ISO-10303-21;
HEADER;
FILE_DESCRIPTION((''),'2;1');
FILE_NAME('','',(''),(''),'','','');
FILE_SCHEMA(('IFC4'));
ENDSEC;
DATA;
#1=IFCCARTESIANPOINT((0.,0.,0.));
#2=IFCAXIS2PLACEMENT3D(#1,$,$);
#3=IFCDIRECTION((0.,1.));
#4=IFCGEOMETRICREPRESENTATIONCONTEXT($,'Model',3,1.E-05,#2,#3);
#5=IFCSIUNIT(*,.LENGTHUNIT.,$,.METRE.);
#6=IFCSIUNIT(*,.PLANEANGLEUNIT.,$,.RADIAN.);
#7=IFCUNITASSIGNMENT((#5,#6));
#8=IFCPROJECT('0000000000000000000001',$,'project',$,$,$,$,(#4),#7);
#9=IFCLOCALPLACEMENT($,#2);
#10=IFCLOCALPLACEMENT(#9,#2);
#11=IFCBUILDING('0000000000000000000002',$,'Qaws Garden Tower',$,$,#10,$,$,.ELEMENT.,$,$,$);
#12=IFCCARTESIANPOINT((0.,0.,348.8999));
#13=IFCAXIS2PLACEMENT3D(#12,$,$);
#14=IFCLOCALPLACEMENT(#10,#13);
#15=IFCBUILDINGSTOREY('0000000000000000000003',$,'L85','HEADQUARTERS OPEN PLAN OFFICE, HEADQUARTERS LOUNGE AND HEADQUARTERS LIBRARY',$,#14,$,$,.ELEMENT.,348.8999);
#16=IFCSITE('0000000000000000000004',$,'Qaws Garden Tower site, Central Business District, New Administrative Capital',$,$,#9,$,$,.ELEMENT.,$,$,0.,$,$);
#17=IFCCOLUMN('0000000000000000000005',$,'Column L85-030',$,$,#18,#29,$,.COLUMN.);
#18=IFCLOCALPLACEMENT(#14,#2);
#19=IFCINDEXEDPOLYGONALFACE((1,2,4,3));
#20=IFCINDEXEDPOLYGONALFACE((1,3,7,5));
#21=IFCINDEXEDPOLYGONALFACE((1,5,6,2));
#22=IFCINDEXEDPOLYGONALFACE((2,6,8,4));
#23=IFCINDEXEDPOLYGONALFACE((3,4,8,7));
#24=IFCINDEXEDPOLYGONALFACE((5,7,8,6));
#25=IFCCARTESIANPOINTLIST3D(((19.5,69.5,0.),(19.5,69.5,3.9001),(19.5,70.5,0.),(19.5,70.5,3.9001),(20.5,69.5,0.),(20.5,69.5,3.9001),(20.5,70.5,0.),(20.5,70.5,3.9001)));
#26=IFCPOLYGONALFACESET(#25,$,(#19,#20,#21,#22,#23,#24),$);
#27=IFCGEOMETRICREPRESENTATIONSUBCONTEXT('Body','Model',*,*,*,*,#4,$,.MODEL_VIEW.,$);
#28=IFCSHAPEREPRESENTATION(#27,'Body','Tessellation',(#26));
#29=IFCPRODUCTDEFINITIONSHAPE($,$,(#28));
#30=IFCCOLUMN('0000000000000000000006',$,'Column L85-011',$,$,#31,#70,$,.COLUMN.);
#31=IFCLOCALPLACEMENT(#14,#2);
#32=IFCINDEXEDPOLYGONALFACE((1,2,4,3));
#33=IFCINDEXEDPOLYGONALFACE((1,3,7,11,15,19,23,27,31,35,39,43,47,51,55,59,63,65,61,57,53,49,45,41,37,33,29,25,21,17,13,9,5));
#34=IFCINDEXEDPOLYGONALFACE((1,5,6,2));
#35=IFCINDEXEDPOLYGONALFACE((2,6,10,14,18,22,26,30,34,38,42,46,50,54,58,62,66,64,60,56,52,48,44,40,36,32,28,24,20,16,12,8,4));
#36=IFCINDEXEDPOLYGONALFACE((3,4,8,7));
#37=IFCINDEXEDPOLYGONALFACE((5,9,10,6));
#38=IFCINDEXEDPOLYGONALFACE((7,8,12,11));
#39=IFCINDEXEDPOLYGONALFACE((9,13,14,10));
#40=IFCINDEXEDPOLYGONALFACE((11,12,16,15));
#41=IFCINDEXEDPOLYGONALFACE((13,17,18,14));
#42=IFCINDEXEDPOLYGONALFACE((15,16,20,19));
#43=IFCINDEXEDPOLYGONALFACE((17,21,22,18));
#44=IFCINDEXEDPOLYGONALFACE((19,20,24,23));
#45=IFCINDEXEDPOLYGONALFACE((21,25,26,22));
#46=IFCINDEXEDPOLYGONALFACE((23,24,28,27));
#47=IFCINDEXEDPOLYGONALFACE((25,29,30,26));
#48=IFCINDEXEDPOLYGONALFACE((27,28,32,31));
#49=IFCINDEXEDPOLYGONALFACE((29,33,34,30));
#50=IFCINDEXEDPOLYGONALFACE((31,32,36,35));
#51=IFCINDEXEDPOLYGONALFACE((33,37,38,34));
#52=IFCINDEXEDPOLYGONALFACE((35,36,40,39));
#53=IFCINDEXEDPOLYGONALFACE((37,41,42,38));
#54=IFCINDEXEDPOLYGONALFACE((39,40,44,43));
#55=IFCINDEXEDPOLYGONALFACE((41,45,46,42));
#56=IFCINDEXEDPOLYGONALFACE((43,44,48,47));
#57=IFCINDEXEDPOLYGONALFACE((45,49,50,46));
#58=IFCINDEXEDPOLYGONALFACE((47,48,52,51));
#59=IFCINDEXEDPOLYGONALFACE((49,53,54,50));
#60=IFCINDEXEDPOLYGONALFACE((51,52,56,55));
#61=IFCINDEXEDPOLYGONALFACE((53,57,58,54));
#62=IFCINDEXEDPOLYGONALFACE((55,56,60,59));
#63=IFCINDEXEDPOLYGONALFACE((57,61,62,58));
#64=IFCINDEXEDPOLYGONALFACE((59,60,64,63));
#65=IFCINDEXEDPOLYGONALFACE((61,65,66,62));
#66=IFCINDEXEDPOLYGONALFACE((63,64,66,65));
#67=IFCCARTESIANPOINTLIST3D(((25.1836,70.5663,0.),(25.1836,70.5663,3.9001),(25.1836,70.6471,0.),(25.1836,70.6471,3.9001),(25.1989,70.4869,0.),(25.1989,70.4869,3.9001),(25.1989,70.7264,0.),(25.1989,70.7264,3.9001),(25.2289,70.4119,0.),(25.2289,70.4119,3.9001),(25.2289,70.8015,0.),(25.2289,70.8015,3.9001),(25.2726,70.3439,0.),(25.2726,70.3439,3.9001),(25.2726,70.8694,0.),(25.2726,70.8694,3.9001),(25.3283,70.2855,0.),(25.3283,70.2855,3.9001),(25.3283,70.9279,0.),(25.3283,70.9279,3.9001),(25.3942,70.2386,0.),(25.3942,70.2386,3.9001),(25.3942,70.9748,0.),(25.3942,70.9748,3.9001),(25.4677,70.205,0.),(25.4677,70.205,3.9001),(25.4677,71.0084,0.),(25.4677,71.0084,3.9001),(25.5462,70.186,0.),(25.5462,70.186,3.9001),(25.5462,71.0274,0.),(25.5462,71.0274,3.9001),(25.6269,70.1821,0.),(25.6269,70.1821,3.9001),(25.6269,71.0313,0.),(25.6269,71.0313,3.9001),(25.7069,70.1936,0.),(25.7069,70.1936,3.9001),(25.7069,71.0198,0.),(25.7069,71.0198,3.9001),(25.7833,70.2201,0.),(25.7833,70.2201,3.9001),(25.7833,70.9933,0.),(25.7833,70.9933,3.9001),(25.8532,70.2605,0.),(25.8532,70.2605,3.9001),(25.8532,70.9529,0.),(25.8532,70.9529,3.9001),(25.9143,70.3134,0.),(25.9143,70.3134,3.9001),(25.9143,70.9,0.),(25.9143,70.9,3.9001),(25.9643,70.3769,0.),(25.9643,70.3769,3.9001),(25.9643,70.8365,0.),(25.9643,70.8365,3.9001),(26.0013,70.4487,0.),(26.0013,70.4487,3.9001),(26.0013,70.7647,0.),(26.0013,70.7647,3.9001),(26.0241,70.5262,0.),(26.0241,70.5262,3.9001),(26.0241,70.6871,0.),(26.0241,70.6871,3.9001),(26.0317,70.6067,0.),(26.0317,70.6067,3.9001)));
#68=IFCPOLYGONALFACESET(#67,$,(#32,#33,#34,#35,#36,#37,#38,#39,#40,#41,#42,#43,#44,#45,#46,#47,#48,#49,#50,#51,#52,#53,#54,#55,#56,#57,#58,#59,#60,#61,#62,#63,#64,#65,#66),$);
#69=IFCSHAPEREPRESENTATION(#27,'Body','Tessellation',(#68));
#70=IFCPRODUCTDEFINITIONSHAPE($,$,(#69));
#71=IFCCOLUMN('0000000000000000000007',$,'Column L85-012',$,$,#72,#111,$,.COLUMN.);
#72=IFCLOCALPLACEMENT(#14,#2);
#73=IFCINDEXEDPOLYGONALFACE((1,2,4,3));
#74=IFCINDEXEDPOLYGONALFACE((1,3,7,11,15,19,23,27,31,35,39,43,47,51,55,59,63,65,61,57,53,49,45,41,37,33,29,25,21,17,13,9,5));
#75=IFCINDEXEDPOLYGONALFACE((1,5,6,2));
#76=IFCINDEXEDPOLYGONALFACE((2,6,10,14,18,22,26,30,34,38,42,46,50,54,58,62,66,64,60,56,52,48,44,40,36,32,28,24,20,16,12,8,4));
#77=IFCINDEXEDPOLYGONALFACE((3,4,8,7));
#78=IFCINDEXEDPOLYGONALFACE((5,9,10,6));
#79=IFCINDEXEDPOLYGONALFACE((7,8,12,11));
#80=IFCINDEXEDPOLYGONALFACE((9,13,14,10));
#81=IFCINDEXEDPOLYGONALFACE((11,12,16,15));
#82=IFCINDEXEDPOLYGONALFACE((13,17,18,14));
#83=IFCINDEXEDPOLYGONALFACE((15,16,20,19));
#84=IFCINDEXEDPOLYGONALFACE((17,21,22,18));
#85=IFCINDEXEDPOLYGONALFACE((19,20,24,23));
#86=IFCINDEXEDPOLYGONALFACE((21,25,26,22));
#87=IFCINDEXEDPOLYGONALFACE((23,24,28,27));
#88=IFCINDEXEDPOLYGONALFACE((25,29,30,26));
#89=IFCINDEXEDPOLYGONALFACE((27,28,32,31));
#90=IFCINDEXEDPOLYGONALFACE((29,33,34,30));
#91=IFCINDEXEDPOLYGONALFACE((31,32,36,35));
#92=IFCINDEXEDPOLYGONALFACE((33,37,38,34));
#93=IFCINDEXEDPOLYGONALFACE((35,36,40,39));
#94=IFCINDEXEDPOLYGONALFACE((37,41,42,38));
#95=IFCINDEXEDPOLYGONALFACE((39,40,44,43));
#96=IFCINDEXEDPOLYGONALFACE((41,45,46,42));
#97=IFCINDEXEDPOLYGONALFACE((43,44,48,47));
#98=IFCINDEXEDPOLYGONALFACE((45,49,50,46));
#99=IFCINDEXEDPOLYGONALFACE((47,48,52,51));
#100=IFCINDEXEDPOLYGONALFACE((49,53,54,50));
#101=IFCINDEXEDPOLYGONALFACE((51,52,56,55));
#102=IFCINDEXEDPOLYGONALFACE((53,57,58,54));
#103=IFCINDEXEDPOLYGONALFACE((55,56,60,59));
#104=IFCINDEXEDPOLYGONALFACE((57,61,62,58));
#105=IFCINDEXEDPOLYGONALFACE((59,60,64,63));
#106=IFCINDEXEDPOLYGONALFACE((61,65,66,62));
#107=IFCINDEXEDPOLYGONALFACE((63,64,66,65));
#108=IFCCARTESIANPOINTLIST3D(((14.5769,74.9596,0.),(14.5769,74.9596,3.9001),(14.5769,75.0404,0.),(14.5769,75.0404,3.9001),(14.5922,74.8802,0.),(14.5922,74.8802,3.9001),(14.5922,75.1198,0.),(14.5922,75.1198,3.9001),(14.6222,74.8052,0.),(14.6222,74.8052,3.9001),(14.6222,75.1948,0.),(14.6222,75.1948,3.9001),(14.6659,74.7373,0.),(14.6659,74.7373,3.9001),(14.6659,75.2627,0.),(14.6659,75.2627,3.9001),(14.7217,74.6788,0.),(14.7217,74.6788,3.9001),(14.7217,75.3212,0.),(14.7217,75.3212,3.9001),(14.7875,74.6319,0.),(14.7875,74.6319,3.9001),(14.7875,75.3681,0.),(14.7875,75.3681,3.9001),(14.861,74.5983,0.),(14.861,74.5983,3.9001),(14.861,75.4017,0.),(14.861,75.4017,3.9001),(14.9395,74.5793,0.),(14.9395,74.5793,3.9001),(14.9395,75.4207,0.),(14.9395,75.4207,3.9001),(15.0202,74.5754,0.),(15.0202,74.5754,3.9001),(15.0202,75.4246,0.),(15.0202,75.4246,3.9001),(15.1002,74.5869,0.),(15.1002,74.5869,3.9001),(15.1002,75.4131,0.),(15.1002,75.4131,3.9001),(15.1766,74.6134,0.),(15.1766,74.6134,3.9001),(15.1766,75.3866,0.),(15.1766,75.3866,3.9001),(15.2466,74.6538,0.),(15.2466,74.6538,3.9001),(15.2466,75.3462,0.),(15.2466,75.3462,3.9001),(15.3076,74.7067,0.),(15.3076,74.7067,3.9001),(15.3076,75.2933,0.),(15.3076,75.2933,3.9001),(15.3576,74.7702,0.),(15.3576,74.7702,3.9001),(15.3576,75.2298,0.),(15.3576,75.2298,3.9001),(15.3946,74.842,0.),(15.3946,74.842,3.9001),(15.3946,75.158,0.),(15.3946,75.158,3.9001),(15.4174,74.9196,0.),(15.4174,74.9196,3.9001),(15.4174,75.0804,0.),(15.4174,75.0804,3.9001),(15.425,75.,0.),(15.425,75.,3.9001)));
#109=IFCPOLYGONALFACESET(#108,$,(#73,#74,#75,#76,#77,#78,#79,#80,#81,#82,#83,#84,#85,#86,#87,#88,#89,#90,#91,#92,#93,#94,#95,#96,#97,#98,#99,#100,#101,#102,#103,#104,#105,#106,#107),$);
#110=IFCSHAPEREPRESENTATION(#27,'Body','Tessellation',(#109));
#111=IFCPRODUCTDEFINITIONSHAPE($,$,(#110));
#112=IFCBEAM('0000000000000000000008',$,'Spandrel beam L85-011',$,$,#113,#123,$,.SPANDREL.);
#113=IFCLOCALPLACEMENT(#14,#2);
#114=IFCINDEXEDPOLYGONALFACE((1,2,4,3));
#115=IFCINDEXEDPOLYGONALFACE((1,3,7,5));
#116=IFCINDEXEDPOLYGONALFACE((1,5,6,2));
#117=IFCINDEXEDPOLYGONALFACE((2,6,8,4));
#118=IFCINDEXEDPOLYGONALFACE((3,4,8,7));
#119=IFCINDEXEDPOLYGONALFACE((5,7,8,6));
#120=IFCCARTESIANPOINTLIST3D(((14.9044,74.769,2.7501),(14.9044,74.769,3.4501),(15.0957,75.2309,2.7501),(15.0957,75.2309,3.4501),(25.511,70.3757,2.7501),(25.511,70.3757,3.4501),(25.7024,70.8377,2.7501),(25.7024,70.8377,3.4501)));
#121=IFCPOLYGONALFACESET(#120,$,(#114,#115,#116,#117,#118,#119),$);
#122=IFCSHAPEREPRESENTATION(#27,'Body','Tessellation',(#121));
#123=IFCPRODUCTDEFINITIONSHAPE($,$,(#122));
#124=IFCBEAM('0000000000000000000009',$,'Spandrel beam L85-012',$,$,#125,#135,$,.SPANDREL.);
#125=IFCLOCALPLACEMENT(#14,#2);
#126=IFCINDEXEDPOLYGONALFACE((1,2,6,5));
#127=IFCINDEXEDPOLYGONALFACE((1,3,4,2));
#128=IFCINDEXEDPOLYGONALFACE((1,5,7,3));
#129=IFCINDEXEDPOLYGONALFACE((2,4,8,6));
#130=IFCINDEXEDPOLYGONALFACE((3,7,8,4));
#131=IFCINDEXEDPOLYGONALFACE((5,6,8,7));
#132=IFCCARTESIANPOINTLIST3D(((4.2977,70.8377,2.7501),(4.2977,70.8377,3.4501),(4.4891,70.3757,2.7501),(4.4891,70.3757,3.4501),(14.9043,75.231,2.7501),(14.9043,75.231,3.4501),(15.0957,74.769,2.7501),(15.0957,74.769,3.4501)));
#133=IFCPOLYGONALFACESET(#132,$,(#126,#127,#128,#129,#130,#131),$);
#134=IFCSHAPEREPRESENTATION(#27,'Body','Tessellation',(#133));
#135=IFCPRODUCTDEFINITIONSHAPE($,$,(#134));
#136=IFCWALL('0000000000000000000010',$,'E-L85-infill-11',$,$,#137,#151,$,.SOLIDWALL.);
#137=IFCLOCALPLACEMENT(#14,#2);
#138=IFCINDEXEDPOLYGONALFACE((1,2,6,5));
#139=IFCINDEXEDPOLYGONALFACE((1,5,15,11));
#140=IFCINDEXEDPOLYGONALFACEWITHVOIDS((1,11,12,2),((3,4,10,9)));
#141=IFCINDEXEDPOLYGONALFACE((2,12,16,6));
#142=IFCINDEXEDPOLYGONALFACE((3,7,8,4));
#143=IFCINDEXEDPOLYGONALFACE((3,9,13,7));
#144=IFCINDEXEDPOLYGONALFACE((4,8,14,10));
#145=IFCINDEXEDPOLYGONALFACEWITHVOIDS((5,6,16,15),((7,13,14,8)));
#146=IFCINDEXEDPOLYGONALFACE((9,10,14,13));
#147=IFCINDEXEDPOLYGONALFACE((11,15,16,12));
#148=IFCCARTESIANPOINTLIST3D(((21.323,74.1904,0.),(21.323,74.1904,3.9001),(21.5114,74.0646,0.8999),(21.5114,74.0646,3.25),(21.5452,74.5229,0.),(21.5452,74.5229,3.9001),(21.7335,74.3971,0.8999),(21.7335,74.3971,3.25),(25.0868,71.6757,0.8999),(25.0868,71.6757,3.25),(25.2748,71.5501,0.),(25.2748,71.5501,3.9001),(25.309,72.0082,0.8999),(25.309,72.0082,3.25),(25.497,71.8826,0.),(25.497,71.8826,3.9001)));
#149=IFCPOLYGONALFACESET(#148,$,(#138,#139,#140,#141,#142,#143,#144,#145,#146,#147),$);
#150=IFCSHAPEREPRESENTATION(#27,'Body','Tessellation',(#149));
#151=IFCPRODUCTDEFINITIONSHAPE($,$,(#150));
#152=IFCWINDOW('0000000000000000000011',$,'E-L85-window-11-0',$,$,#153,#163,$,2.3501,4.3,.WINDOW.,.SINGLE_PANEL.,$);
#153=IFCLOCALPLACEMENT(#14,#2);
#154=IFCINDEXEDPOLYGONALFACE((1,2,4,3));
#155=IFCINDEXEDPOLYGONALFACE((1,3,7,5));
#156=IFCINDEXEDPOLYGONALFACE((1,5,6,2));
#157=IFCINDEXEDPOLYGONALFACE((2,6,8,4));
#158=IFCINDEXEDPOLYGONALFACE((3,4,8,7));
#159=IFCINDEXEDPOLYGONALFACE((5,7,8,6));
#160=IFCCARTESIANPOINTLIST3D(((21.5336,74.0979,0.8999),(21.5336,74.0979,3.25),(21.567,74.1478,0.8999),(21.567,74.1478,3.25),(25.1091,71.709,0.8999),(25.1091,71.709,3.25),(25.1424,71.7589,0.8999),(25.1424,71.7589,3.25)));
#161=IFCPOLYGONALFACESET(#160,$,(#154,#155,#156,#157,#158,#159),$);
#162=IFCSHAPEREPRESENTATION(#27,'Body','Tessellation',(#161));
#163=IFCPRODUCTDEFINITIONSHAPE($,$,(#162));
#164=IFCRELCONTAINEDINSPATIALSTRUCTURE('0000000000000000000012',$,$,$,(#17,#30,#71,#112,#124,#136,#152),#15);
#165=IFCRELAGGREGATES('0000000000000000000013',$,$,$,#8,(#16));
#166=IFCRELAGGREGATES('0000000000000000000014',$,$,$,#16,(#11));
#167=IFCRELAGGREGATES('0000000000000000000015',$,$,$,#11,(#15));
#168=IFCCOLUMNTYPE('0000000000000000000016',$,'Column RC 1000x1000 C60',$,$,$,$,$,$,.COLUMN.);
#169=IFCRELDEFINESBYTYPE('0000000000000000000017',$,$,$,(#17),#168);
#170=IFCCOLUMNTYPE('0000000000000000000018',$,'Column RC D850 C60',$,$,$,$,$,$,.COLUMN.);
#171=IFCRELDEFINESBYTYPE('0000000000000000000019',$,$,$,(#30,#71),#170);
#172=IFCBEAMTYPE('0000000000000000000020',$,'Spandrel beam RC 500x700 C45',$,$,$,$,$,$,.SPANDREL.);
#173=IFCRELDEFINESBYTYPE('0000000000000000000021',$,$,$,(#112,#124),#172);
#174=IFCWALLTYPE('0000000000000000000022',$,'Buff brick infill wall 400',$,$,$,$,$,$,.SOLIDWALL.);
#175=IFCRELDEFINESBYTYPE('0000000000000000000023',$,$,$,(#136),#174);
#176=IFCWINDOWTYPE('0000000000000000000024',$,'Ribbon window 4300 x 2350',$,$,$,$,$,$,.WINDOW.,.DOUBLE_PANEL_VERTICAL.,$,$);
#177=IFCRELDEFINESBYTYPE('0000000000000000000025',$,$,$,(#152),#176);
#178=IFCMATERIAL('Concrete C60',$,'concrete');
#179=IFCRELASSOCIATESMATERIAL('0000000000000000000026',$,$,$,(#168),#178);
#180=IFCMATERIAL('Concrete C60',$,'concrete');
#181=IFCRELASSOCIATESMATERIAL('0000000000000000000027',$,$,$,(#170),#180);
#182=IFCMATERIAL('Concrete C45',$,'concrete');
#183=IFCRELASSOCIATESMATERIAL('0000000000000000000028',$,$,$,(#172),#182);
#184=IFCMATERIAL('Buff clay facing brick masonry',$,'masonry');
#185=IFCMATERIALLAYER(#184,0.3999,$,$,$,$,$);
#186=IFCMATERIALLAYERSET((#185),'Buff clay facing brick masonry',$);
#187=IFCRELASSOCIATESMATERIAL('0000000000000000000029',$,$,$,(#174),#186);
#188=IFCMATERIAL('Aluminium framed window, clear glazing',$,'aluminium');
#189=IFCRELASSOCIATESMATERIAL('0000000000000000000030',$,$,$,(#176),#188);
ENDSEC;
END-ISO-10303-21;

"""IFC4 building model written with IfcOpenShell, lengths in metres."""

from ifc_helpers import new_model, si_unit, direction, frame, frame_2d, origin, origin_2d, place, context, subcontext, project, spatial, rectangle, circle, extrude, material, layer, layer_set, material_profile, profile_set, type_object, element, fill, save


model = new_model("IFC4")

# Units and contexts
model_context = context("Model", 3, precision=1e-05, world=origin(), true_north=direction((0.0, 1.0)))
body_context = subcontext(model_context, "Body", "Model", "MODEL_VIEW")
ifc_project = project(units=[si_unit("LENGTHUNIT", "METRE"), si_unit("PLANEANGLEUNIT", "RADIAN")], contexts=[model_context])

# Site, building, storey
site_placement = place(None, origin())
site = spatial("IfcSite", under=ifc_project, at=site_placement, Name="Qaws Garden Tower site, Central Business District, New Administrative Capital", CompositionType="ELEMENT", RefElevation=0.0)
building_placement = place(site_placement, origin())
building = spatial("IfcBuilding", under=site, at=building_placement, Name="Qaws Garden Tower", CompositionType="ELEMENT")
storey_placement = place(building_placement, frame((0.0, 0.0, 348.8999)))
storey = spatial("IfcBuildingStorey", under=building, at=storey_placement, Name="L85", Description="HEADQUARTERS OPEN PLAN OFFICE, HEADQUARTERS LOUNGE AND HEADQUARTERS LIBRARY", CompositionType="ELEMENT", Elevation=348.8999)

# Columns
ifc_material_1 = material(Name="Concrete C60", Category="concrete")
ifc_material_profile_1 = material_profile(ifc_material_1, rectangle(XDim=1.0, YDim=1.0, at=origin_2d()), Name="RC 1000x1000")
ifc_profile_set_1 = profile_set([ifc_material_profile_1], Name="Concrete C60")
column_type_1 = type_object("IfcColumnType", Name="Column RC 1000x1000 C60", PredefinedType="COLUMN", material=ifc_profile_set_1)
column_placement = place(storey_placement, frame((20.0, 70.0, 0.0), z_axis=(0.0, 0.0, 1.0), x_axis=(1.0, 0.0, 0.0)))
element("IfcColumn", 1, at=column_placement, inside=storey, type_object=column_type_1, Name="Column L85-030", PredefinedType="COLUMN", context=body_context, shape_type="SweptSolid", body=[
    extrude(rectangle(XDim=1.0, YDim=1.0, at=origin_2d()), origin(), (0.0, 0.0, 1.0), 3.9001),
])
ifc_material_2 = material(Name="Concrete C60", Category="concrete")
ifc_material_profile_2 = material_profile(ifc_material_2, circle(Radius=0.425, at=origin_2d()), Name="RC D850")
ifc_profile_set_2 = profile_set([ifc_material_profile_2], Name="Concrete C60")
column_type_2 = type_object("IfcColumnType", Name="Column RC D850 C60", PredefinedType="COLUMN", material=ifc_profile_set_2)
for number, where, z_axis, x_axis, name in (
    (2, (25.6067, 70.6067, 0.0), (0.0, 0.0, 1.0), (1.0, 0.0, 0.0), "Column L85-011"),
    (3, (15.0, 75.0, 0.0), (0.0, 0.0, 1.0), (1.0, 0.0, 0.0), "Column L85-012"),
):
    element("IfcColumn", number, at=place(storey_placement, frame(where, z_axis=z_axis, x_axis=x_axis)), inside=storey, type_object=column_type_2, Name=name, PredefinedType="COLUMN", context=body_context, shape_type="SweptSolid", body=[
        extrude(circle(Radius=0.425, at=origin_2d()), origin(), (0.0, 0.0, 1.0), 3.9001),
    ])

# Beams
ifc_material_3 = material(Name="Concrete C45", Category="concrete")
ifc_material_profile_3 = material_profile(ifc_material_3, rectangle(XDim=0.5, YDim=0.7, at=origin_2d()), Name="RC 500x700")
ifc_profile_set_3 = profile_set([ifc_material_profile_3], Name="Concrete C45")
beam_type = type_object("IfcBeamType", Name="Spandrel beam RC 500x700 C45", PredefinedType="SPANDREL", material=ifc_profile_set_3)
for number, where, z_axis, x_axis, name in (
    (4, (25.6067, 70.6067, 3.1001), (-0.923883, 0.382674, 0.0), (-0.382674, -0.923883, 0.0), "Spandrel beam L85-011"),
    (5, (15.0, 75.0, 3.1001), (-0.923883, -0.382674, 0.0), (0.382674, -0.923883, 0.0), "Spandrel beam L85-012"),
):
    element("IfcBeam", number, at=place(storey_placement, frame(where, z_axis=z_axis, x_axis=x_axis)), inside=storey, type_object=beam_type, Name=name, PredefinedType="SPANDREL", context=body_context, shape_type="SweptSolid", body=[
        extrude(rectangle(XDim=0.5, YDim=0.7, at=origin_2d()), origin(), (0.0, 0.0, 1.0), 11.4805),
    ])

# Wall, opening, window
ifc_material_4 = material(Name="Buff clay facing brick masonry", Category="masonry")
ifc_layer_1 = layer(ifc_material_4, 0.3999)
ifc_layer_set_1 = layer_set([ifc_layer_1], Name="Buff clay facing brick masonry")
wall_type_1 = type_object("IfcWallType", Name="Buff brick infill wall 400", PredefinedType="SOLIDWALL", material=ifc_layer_set_1)
wall_1_placement = place(storey_placement, frame((25.386, 71.7163, 0.0), z_axis=(0.0, 0.0, 1.0), x_axis=(-0.831489, 0.555542, 0.0)))
wall_1 = element("IfcWall", 6, at=wall_1_placement, inside=storey, type_object=wall_type_1, Name="E-L85-infill-11", PredefinedType="SOLIDWALL", context=body_context, shape_type="SweptSolid", body=[
    extrude(rectangle(XDim=4.7527, YDim=0.3999, at=frame_2d((2.3765, 0.0))), origin(), (0.0, 0.0, 1.0), 3.9001),
])
opening_1_placement = place(wall_1_placement, frame((0.2263, 0.0, 0.8999)))
opening_1 = element("IfcOpeningElement", 7, at=opening_1_placement, cuts=wall_1, PredefinedType="OPENING", context=body_context, shape_type="SweptSolid", body=[
    extrude(rectangle(XDim=4.3, YDim=2.3501, at=frame_2d((2.1499, 1.175))), frame((0.0, 0.21, 0.0), z_axis=(0.0, -1.0, 0.0), x_axis=(1.0, 0.0, 0.0)), (0.0, 0.0, 1.0), 0.4199),
])
ifc_material_5 = material(Name="Aluminium framed window, clear glazing", Category="aluminium")
window_type = type_object("IfcWindowType", Name="Ribbon window 4300 x 2350", PartitioningType="DOUBLE_PANEL_VERTICAL", PredefinedType="WINDOW", material=ifc_material_5)
window_1_placement = place(opening_1_placement, origin())
window_1 = element("IfcWindow", 8, at=window_1_placement, inside=storey, type_object=window_type, Name="E-L85-window-11-0", OverallHeight=2.3501, OverallWidth=4.3, PartitioningType="SINGLE_PANEL", PredefinedType="WINDOW", context=body_context, shape_type="SweptSolid", body=[
    extrude(rectangle(XDim=4.3, YDim=2.3501, at=frame_2d((2.1499, 1.175))), frame((0.0, 0.1599, 0.0), z_axis=(0.0, -1.0, 0.0), x_axis=(1.0, 0.0, 0.0)), (0.0, 0.0, 1.0), 0.0601),
])
fill(opening_1, window_1)

save(model, "model.ifc")
